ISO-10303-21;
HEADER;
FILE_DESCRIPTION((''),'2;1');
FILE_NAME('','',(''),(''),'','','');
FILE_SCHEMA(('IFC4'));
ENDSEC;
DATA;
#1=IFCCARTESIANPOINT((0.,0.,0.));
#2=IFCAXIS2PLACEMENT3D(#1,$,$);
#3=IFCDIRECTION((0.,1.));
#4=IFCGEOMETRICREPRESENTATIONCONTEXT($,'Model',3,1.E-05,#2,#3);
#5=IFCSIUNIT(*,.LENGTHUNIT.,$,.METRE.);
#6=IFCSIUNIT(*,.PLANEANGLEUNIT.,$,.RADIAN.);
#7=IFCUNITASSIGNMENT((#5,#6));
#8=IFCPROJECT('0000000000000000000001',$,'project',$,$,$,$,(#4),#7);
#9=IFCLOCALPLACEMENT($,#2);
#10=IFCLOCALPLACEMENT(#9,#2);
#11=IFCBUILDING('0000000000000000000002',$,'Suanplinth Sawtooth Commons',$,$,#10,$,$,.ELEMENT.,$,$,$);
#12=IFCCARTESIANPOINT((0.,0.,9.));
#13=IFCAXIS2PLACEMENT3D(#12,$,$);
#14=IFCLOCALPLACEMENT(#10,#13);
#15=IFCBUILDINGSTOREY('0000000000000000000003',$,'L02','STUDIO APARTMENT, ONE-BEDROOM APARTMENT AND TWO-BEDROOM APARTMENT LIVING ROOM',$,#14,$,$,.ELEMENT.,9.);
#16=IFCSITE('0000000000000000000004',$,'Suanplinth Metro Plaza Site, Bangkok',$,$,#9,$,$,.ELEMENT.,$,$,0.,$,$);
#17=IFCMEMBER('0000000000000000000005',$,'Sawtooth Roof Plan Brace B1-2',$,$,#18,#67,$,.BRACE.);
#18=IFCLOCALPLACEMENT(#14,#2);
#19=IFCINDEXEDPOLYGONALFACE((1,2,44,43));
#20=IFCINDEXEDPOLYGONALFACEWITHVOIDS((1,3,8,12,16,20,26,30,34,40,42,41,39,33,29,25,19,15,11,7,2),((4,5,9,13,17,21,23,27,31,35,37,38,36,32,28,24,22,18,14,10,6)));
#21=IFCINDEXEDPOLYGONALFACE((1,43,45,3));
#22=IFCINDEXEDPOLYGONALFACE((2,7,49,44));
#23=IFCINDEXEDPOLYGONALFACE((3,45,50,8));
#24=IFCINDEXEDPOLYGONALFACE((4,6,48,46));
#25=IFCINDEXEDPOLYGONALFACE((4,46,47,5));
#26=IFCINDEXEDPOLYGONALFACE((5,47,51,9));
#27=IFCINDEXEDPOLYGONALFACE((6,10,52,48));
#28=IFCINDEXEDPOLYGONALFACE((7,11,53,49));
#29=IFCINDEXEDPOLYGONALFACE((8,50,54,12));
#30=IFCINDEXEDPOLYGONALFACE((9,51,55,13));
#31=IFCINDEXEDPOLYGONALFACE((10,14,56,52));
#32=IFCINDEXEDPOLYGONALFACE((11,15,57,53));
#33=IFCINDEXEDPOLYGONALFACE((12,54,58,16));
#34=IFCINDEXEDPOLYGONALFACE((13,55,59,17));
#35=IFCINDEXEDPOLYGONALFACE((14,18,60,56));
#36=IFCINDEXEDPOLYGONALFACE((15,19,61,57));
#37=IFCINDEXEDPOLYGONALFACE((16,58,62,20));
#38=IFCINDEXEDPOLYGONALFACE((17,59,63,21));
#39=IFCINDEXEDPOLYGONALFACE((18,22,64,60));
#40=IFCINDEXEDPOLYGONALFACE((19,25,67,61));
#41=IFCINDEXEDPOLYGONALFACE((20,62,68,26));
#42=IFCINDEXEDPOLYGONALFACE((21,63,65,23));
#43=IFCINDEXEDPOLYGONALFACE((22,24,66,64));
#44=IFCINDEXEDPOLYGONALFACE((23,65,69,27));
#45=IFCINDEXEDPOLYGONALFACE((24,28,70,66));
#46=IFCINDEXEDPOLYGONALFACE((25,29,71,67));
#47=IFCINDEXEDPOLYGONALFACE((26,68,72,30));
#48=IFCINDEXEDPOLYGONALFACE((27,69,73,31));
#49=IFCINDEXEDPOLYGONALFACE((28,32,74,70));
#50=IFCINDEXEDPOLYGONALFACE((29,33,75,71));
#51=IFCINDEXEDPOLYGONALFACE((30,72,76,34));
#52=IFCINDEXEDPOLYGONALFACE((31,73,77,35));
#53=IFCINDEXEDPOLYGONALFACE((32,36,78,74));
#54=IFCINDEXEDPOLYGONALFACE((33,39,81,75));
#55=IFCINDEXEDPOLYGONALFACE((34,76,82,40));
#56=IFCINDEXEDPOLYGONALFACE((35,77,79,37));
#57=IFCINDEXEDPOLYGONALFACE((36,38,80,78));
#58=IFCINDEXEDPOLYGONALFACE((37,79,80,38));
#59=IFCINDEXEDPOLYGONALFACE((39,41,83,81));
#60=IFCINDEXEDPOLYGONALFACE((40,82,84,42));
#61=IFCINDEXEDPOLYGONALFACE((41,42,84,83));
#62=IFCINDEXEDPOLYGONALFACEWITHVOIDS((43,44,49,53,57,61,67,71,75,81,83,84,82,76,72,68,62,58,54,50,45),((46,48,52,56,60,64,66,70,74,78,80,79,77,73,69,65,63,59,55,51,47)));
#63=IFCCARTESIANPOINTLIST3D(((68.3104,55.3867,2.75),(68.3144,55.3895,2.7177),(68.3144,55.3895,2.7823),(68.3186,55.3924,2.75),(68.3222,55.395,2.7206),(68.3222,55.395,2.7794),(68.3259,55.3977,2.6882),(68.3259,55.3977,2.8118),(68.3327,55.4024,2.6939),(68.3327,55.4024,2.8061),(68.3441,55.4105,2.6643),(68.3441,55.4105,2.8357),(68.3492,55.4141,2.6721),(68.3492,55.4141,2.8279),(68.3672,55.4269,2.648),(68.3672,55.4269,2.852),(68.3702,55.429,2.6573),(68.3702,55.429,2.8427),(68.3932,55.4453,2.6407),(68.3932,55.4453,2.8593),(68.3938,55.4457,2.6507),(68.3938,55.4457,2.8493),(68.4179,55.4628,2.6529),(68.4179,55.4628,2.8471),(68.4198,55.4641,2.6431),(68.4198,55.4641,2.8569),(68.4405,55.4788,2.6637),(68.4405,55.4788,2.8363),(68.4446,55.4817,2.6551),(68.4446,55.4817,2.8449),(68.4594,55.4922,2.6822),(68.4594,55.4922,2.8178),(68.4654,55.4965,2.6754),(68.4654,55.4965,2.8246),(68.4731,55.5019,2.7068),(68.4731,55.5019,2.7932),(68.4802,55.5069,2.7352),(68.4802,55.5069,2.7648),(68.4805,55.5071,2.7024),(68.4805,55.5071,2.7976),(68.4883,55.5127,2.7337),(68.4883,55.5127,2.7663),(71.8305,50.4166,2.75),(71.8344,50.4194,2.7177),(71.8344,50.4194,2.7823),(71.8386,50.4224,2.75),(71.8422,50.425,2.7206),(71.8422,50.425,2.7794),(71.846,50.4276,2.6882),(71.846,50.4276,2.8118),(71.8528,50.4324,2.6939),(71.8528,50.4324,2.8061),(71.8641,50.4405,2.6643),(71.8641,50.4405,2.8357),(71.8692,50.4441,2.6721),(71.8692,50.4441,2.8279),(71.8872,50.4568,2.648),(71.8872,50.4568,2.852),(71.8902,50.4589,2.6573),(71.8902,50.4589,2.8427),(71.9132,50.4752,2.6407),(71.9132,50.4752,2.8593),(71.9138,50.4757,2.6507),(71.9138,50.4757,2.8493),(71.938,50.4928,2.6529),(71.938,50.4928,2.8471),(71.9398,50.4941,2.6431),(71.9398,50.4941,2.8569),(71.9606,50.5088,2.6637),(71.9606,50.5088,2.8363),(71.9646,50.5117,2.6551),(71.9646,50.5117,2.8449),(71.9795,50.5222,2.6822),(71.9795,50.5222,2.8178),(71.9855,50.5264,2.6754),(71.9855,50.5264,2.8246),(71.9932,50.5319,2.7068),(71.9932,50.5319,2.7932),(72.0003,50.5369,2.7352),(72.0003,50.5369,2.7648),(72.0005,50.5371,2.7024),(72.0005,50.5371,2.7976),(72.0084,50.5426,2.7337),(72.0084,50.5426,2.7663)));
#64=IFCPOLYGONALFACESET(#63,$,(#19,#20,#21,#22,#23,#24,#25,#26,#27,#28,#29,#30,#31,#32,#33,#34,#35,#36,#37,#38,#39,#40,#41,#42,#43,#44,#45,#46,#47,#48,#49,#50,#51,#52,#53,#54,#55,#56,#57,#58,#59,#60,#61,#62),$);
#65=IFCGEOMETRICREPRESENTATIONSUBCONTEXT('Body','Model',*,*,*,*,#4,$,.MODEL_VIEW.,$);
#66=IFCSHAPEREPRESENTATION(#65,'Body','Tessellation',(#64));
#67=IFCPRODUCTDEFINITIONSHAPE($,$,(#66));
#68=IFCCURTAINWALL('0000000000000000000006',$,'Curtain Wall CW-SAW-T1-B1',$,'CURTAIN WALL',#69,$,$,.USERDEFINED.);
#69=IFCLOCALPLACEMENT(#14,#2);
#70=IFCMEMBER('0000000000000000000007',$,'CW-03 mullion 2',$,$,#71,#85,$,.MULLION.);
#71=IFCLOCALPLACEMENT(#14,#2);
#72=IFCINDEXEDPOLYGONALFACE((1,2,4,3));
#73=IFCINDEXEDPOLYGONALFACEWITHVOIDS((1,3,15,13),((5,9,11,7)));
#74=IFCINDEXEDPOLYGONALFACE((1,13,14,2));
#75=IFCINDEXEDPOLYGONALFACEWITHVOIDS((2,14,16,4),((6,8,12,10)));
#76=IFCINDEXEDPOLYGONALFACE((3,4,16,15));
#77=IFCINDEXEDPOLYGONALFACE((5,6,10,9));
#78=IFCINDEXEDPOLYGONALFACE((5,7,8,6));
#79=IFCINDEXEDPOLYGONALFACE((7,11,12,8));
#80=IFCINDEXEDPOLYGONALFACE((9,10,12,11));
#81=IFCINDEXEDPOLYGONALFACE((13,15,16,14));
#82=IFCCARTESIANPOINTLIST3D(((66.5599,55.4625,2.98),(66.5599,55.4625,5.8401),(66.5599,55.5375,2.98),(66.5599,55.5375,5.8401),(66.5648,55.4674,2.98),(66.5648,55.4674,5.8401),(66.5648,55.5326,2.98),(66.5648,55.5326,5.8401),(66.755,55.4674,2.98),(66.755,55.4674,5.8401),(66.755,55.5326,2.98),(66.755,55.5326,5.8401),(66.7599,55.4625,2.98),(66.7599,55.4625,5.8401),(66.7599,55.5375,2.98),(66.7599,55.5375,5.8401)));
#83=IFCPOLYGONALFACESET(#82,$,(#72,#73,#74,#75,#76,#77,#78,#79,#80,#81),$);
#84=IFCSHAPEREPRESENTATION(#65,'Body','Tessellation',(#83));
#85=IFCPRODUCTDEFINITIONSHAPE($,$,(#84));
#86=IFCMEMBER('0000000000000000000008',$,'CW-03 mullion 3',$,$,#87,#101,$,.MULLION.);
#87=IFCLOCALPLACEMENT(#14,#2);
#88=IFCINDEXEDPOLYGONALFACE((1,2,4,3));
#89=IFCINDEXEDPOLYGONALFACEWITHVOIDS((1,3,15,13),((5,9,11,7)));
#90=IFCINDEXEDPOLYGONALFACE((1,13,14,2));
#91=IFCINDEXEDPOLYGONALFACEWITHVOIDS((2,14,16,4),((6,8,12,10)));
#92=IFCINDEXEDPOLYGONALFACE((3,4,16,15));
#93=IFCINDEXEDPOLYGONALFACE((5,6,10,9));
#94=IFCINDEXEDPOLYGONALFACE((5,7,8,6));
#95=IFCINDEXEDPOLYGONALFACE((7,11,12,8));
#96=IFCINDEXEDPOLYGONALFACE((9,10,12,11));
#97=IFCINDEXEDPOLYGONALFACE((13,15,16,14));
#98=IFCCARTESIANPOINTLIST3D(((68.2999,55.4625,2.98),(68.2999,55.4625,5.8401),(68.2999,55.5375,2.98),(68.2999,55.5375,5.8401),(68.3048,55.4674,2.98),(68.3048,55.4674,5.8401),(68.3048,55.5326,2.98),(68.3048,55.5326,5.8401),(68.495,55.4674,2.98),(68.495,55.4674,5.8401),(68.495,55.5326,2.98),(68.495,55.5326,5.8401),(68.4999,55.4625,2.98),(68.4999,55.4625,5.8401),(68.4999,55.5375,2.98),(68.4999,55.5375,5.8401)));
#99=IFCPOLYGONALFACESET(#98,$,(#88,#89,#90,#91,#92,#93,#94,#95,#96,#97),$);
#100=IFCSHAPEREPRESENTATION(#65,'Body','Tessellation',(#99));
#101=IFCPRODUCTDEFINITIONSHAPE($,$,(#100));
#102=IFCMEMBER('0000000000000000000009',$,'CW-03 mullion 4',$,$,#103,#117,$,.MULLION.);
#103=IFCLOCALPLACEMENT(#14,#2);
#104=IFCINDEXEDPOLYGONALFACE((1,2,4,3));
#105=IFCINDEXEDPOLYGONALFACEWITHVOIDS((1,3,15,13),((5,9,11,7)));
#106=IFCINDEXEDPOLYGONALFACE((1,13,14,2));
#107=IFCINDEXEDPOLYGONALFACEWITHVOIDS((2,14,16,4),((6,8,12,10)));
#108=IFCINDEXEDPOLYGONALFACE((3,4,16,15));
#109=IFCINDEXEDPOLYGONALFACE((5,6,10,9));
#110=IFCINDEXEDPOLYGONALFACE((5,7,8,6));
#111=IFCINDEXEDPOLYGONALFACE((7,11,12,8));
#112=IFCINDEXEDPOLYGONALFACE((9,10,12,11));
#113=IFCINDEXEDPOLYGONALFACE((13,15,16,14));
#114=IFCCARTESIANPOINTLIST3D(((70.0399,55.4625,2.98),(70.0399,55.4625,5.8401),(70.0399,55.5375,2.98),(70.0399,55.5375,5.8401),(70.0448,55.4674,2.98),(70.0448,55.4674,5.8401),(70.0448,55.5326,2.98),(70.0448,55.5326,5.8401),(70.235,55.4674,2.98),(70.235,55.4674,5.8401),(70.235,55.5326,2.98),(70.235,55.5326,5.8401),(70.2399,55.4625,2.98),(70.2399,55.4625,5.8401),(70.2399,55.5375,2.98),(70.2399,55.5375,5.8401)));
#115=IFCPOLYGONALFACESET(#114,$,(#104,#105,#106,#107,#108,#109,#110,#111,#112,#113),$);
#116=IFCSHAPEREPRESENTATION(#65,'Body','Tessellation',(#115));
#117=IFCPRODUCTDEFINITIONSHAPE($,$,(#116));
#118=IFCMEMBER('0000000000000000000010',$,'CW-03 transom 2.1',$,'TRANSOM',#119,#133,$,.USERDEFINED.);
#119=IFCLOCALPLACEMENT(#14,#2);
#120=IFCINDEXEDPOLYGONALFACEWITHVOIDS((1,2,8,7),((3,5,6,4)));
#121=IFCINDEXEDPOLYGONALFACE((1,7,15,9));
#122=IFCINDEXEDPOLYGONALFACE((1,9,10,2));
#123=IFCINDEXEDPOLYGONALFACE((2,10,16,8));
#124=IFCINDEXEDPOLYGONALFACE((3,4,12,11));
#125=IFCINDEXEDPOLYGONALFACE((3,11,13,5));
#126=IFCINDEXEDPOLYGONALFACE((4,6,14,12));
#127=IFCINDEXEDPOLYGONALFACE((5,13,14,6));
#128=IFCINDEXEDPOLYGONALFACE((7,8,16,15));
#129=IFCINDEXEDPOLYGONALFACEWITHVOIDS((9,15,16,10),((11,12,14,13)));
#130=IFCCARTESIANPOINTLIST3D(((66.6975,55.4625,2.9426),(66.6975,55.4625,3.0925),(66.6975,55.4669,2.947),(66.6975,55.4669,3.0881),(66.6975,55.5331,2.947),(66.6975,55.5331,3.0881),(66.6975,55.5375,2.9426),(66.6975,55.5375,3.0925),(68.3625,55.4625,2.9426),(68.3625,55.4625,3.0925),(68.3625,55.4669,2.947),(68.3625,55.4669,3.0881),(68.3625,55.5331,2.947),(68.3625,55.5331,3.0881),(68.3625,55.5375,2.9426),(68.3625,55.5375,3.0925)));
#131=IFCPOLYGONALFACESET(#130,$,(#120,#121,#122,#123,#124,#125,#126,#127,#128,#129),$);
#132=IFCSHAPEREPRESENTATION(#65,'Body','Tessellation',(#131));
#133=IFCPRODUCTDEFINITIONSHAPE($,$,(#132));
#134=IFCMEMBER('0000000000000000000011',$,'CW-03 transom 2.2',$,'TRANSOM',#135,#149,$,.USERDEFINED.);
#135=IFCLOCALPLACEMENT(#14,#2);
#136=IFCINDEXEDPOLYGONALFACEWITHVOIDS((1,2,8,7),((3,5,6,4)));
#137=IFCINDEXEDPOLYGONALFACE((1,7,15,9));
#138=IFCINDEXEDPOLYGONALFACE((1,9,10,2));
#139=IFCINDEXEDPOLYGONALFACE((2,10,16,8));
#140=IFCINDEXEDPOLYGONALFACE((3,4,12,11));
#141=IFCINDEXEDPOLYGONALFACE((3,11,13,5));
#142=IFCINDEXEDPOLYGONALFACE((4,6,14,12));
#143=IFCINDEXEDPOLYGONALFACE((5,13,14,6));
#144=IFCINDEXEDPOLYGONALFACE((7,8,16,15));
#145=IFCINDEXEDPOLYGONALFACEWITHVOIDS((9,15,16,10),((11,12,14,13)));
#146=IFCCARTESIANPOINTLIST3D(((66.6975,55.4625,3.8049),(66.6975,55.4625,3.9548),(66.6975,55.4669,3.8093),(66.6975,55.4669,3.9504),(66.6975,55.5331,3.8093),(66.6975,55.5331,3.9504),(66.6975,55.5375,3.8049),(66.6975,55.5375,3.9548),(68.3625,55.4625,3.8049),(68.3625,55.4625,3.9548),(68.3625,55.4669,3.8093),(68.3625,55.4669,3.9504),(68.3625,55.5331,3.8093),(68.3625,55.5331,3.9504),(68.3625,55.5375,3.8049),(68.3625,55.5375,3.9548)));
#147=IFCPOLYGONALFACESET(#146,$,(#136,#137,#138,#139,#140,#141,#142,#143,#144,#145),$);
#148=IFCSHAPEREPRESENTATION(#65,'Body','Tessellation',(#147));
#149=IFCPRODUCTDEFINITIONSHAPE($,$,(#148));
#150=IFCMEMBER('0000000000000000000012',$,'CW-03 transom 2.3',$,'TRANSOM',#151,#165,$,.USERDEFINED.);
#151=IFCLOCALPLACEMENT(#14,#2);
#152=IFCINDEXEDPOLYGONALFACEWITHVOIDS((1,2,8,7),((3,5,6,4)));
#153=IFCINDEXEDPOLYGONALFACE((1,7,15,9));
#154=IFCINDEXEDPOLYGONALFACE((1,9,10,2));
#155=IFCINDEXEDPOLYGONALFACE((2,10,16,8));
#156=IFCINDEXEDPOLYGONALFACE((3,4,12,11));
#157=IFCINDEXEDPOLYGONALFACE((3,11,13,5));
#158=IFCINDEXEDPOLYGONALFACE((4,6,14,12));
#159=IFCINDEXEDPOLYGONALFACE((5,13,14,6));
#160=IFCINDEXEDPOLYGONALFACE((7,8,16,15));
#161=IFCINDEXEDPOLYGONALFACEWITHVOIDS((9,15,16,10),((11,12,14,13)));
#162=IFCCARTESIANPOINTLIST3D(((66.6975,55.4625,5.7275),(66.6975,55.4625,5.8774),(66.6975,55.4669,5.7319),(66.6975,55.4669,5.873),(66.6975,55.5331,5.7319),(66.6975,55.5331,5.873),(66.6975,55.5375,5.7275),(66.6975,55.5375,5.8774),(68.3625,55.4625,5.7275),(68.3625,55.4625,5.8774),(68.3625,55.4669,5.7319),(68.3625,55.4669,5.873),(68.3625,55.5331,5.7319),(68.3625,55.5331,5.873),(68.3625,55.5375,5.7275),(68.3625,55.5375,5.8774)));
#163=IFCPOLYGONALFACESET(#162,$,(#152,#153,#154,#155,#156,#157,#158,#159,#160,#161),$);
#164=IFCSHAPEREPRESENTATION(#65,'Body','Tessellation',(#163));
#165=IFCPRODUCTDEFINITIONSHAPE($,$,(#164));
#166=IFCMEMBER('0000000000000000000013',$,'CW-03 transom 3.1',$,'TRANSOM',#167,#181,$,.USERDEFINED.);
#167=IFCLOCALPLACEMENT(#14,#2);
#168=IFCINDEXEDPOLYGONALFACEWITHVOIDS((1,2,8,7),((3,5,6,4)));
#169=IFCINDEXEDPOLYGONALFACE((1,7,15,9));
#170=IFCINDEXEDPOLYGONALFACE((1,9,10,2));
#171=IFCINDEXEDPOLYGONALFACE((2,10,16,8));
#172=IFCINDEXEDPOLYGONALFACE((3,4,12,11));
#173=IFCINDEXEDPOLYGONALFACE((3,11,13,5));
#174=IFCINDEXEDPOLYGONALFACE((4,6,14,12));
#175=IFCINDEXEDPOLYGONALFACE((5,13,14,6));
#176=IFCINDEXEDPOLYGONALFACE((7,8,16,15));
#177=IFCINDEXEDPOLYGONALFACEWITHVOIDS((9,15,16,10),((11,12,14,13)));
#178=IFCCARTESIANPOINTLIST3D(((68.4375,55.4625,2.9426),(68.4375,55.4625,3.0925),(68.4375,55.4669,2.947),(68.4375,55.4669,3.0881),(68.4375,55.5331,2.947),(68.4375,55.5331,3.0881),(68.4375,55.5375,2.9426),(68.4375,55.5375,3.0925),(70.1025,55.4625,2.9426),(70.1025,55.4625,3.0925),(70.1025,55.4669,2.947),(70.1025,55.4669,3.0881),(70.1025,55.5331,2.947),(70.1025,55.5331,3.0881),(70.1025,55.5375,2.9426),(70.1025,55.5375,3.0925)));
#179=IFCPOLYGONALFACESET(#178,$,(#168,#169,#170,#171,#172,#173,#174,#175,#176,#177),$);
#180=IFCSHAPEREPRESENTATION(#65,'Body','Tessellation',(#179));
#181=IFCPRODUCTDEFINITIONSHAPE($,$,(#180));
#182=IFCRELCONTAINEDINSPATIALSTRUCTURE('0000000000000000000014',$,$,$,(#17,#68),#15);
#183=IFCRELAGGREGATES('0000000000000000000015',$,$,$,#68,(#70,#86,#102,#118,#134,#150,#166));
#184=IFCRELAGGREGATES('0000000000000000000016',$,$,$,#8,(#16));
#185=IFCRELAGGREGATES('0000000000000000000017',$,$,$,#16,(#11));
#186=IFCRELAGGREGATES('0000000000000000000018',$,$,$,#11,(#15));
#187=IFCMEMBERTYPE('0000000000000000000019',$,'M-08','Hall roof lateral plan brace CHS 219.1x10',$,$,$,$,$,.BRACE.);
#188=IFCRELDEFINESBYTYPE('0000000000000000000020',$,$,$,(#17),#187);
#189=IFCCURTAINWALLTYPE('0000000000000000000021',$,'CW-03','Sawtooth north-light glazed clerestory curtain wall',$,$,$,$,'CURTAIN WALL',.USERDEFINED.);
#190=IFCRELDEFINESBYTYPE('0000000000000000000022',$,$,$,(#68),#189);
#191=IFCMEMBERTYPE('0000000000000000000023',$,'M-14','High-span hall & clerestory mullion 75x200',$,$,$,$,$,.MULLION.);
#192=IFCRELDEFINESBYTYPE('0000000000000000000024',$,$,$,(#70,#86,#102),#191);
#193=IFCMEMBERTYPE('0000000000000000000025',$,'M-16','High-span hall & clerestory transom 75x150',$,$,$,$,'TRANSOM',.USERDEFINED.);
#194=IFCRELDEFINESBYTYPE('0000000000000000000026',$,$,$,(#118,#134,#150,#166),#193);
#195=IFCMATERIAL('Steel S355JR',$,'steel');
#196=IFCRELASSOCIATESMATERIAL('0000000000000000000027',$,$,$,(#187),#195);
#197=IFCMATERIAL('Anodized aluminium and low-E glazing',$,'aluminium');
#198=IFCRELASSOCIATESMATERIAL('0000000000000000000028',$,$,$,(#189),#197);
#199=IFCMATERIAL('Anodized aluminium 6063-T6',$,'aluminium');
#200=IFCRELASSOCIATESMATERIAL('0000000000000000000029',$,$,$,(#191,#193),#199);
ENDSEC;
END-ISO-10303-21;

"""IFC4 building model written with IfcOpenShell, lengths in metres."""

from ifc_helpers import new_model, si_unit, direction, frame, origin, origin_2d, place, context, subcontext, project, spatial, hollow_rectangle, hollow_circle, extrude, material, material_profile, profile_set, type_object, element, aggregate, save


model = new_model("IFC4")

# Units and contexts
model_context = context("Model", 3, precision=1e-05, world=origin(), true_north=direction((0.0, 1.0)))
body_context = subcontext(model_context, "Body", "Model", "MODEL_VIEW")
ifc_project = project(units=[si_unit("LENGTHUNIT", "METRE"), si_unit("PLANEANGLEUNIT", "RADIAN")], contexts=[model_context])

# Site, building, storey
site_placement = place(None, origin())
site = spatial("IfcSite", under=ifc_project, at=site_placement, Name="Suanplinth Metro Plaza Site, Bangkok", CompositionType="ELEMENT", RefElevation=0.0)
building_placement = place(site_placement, origin())
building = spatial("IfcBuilding", under=site, at=building_placement, Name="Suanplinth Sawtooth Commons", CompositionType="ELEMENT")
storey_placement = place(building_placement, frame((0.0, 0.0, 9.0)))
storey = spatial("IfcBuildingStorey", under=building, at=storey_placement, Name="L02", Description="STUDIO APARTMENT, ONE-BEDROOM APARTMENT AND TWO-BEDROOM APARTMENT LIVING ROOM", CompositionType="ELEMENT", Elevation=9.0)

# Shared definitions
ifc_material_1 = material(Name="Steel S355JR", Category="steel")

# Member
ifc_material_profile_1 = material_profile(ifc_material_1, hollow_circle(Radius=0.1096, WallThickness=0.01, at=origin_2d()), Name="CHS 219.1x10")
ifc_profile_set_1 = profile_set([ifc_material_profile_1], Name="Steel S355JR")
member_type_1 = type_object("IfcMemberType", Name="M-08", Description="Hall roof lateral plan brace CHS 219.1x10", PredefinedType="BRACE", material=ifc_profile_set_1)
member_1_placement = place(storey_placement, frame((71.9199, 50.48, 2.75), z_axis=(-0.577976, 0.816054, 0.0), x_axis=(-0.816054, -0.577976, 0.0)))
element("IfcMember", 1, at=member_1_placement, inside=storey, type_object=member_type_1, Name="Sawtooth Roof Plan Brace B1-2", PredefinedType="BRACE", context=body_context, shape_type="SweptSolid", body=[
    extrude(hollow_circle(Radius=0.1096, WallThickness=0.01, at=origin_2d()), origin(), (0.0, 0.0, 1.0), 6.0903),
])

# Curtain wall, members
ifc_material_2 = material(Name="Anodized aluminium and low-E glazing", Category="aluminium")
curtain_wall_type = type_object("IfcCurtainWallType", Name="CW-03", Description="Sawtooth north-light glazed clerestory curtain wall", ElementType="CURTAIN WALL", PredefinedType="USERDEFINED", material=ifc_material_2)
curtain_wall_placement = place(storey_placement, origin())
curtain_wall = element("IfcCurtainWall", 2, at=curtain_wall_placement, inside=storey, type_object=curtain_wall_type, Name="Curtain Wall CW-SAW-T1-B1", ObjectType="CURTAIN WALL", PredefinedType="USERDEFINED")
ifc_material_3 = material(Name="Anodized aluminium 6063-T6", Category="aluminium")
ifc_material_profile_2 = material_profile(ifc_material_3, hollow_rectangle(XDim=0.075, YDim=0.2, WallThickness=0.0049, at=origin_2d()), Name="ALU-MUL 75x200")
ifc_profile_set_2 = profile_set([ifc_material_profile_2], Name="Anodized aluminium 6063-T6")
member_type_2 = type_object("IfcMemberType", Name="M-14", Description="High-span hall & clerestory mullion 75x200", PredefinedType="MULLION", material=ifc_profile_set_2)
member_2_placement = place(storey_placement, frame((66.6599, 55.5, 2.98), z_axis=(0.0, 0.0, 1.0), x_axis=(0.0, 1.0, 0.0)))
member_2 = element("IfcMember", 3, at=member_2_placement, type_object=member_type_2, Name="CW-03 mullion 2", PredefinedType="MULLION", context=body_context, shape_type="SweptSolid", body=[
    extrude(hollow_rectangle(XDim=0.075, YDim=0.2, WallThickness=0.0049, at=origin_2d()), origin(), (0.0, 0.0, 1.0), 2.8601),
])
member_3_placement = place(storey_placement, frame((68.3999, 55.5, 2.98), z_axis=(0.0, 0.0, 1.0), x_axis=(0.0, 1.0, 0.0)))
member_3 = element("IfcMember", 4, at=member_3_placement, type_object=member_type_2, Name="CW-03 mullion 3", PredefinedType="MULLION", context=body_context, shape_type="SweptSolid", body=[
    extrude(hollow_rectangle(XDim=0.075, YDim=0.2, WallThickness=0.0049, at=origin_2d()), origin(), (0.0, 0.0, 1.0), 2.8601),
])
member_4_placement = place(storey_placement, frame((70.1399, 55.5, 2.98), z_axis=(0.0, 0.0, 1.0), x_axis=(0.0, 1.0, 0.0)))
member_4 = element("IfcMember", 5, at=member_4_placement, type_object=member_type_2, Name="CW-03 mullion 4", PredefinedType="MULLION", context=body_context, shape_type="SweptSolid", body=[
    extrude(hollow_rectangle(XDim=0.075, YDim=0.2, WallThickness=0.0049, at=origin_2d()), origin(), (0.0, 0.0, 1.0), 2.8601),
])
ifc_material_profile_3 = material_profile(ifc_material_3, hollow_rectangle(XDim=0.075, YDim=0.1499, WallThickness=0.0044, at=origin_2d()), Name="ALU-TRN 75x150")
ifc_profile_set_3 = profile_set([ifc_material_profile_3], Name="Anodized aluminium 6063-T6")
member_type_3 = type_object("IfcMemberType", Name="M-16", Description="High-span hall & clerestory transom 75x150", ElementType="TRANSOM", PredefinedType="USERDEFINED", material=ifc_profile_set_3)
member_5_placement = place(storey_placement, frame((66.6975, 55.5, 3.0176), z_axis=(1.0, 0.0, 0.0), x_axis=(0.0, 1.0, 0.0)))
member_5 = element("IfcMember", 6, at=member_5_placement, type_object=member_type_3, Name="CW-03 transom 2.1", ObjectType="TRANSOM", PredefinedType="USERDEFINED", context=body_context, shape_type="SweptSolid", body=[
    extrude(hollow_rectangle(XDim=0.075, YDim=0.1499, WallThickness=0.0044, at=origin_2d()), origin(), (0.0, 0.0, 1.0), 1.665),
])
member_6_placement = place(storey_placement, frame((66.6975, 55.5, 3.8799), z_axis=(1.0, 0.0, 0.0), x_axis=(0.0, 1.0, 0.0)))
member_6 = element("IfcMember", 7, at=member_6_placement, type_object=member_type_3, Name="CW-03 transom 2.2", ObjectType="TRANSOM", PredefinedType="USERDEFINED", context=body_context, shape_type="SweptSolid", body=[
    extrude(hollow_rectangle(XDim=0.075, YDim=0.1499, WallThickness=0.0044, at=origin_2d()), origin(), (0.0, 0.0, 1.0), 1.665),
])
member_7_placement = place(storey_placement, frame((66.6975, 55.5, 5.8025), z_axis=(1.0, 0.0, 0.0), x_axis=(0.0, 1.0, 0.0)))
member_7 = element("IfcMember", 8, at=member_7_placement, type_object=member_type_3, Name="CW-03 transom 2.3", ObjectType="TRANSOM", PredefinedType="USERDEFINED", context=body_context, shape_type="SweptSolid", body=[
    extrude(hollow_rectangle(XDim=0.075, YDim=0.1499, WallThickness=0.0044, at=origin_2d()), origin(), (0.0, 0.0, 1.0), 1.665),
])
member_8_placement = place(storey_placement, frame((68.4375, 55.5, 3.0176), z_axis=(1.0, 0.0, 0.0), x_axis=(0.0, 1.0, 0.0)))
member_8 = element("IfcMember", 9, at=member_8_placement, type_object=member_type_3, Name="CW-03 transom 3.1", ObjectType="TRANSOM", PredefinedType="USERDEFINED", context=body_context, shape_type="SweptSolid", body=[
    extrude(hollow_rectangle(XDim=0.075, YDim=0.1499, WallThickness=0.0044, at=origin_2d()), origin(), (0.0, 0.0, 1.0), 1.665),
])

aggregate(curtain_wall, [member_2, member_3, member_4, member_5, member_6, member_7, member_8])

save(model, "model.ifc")
